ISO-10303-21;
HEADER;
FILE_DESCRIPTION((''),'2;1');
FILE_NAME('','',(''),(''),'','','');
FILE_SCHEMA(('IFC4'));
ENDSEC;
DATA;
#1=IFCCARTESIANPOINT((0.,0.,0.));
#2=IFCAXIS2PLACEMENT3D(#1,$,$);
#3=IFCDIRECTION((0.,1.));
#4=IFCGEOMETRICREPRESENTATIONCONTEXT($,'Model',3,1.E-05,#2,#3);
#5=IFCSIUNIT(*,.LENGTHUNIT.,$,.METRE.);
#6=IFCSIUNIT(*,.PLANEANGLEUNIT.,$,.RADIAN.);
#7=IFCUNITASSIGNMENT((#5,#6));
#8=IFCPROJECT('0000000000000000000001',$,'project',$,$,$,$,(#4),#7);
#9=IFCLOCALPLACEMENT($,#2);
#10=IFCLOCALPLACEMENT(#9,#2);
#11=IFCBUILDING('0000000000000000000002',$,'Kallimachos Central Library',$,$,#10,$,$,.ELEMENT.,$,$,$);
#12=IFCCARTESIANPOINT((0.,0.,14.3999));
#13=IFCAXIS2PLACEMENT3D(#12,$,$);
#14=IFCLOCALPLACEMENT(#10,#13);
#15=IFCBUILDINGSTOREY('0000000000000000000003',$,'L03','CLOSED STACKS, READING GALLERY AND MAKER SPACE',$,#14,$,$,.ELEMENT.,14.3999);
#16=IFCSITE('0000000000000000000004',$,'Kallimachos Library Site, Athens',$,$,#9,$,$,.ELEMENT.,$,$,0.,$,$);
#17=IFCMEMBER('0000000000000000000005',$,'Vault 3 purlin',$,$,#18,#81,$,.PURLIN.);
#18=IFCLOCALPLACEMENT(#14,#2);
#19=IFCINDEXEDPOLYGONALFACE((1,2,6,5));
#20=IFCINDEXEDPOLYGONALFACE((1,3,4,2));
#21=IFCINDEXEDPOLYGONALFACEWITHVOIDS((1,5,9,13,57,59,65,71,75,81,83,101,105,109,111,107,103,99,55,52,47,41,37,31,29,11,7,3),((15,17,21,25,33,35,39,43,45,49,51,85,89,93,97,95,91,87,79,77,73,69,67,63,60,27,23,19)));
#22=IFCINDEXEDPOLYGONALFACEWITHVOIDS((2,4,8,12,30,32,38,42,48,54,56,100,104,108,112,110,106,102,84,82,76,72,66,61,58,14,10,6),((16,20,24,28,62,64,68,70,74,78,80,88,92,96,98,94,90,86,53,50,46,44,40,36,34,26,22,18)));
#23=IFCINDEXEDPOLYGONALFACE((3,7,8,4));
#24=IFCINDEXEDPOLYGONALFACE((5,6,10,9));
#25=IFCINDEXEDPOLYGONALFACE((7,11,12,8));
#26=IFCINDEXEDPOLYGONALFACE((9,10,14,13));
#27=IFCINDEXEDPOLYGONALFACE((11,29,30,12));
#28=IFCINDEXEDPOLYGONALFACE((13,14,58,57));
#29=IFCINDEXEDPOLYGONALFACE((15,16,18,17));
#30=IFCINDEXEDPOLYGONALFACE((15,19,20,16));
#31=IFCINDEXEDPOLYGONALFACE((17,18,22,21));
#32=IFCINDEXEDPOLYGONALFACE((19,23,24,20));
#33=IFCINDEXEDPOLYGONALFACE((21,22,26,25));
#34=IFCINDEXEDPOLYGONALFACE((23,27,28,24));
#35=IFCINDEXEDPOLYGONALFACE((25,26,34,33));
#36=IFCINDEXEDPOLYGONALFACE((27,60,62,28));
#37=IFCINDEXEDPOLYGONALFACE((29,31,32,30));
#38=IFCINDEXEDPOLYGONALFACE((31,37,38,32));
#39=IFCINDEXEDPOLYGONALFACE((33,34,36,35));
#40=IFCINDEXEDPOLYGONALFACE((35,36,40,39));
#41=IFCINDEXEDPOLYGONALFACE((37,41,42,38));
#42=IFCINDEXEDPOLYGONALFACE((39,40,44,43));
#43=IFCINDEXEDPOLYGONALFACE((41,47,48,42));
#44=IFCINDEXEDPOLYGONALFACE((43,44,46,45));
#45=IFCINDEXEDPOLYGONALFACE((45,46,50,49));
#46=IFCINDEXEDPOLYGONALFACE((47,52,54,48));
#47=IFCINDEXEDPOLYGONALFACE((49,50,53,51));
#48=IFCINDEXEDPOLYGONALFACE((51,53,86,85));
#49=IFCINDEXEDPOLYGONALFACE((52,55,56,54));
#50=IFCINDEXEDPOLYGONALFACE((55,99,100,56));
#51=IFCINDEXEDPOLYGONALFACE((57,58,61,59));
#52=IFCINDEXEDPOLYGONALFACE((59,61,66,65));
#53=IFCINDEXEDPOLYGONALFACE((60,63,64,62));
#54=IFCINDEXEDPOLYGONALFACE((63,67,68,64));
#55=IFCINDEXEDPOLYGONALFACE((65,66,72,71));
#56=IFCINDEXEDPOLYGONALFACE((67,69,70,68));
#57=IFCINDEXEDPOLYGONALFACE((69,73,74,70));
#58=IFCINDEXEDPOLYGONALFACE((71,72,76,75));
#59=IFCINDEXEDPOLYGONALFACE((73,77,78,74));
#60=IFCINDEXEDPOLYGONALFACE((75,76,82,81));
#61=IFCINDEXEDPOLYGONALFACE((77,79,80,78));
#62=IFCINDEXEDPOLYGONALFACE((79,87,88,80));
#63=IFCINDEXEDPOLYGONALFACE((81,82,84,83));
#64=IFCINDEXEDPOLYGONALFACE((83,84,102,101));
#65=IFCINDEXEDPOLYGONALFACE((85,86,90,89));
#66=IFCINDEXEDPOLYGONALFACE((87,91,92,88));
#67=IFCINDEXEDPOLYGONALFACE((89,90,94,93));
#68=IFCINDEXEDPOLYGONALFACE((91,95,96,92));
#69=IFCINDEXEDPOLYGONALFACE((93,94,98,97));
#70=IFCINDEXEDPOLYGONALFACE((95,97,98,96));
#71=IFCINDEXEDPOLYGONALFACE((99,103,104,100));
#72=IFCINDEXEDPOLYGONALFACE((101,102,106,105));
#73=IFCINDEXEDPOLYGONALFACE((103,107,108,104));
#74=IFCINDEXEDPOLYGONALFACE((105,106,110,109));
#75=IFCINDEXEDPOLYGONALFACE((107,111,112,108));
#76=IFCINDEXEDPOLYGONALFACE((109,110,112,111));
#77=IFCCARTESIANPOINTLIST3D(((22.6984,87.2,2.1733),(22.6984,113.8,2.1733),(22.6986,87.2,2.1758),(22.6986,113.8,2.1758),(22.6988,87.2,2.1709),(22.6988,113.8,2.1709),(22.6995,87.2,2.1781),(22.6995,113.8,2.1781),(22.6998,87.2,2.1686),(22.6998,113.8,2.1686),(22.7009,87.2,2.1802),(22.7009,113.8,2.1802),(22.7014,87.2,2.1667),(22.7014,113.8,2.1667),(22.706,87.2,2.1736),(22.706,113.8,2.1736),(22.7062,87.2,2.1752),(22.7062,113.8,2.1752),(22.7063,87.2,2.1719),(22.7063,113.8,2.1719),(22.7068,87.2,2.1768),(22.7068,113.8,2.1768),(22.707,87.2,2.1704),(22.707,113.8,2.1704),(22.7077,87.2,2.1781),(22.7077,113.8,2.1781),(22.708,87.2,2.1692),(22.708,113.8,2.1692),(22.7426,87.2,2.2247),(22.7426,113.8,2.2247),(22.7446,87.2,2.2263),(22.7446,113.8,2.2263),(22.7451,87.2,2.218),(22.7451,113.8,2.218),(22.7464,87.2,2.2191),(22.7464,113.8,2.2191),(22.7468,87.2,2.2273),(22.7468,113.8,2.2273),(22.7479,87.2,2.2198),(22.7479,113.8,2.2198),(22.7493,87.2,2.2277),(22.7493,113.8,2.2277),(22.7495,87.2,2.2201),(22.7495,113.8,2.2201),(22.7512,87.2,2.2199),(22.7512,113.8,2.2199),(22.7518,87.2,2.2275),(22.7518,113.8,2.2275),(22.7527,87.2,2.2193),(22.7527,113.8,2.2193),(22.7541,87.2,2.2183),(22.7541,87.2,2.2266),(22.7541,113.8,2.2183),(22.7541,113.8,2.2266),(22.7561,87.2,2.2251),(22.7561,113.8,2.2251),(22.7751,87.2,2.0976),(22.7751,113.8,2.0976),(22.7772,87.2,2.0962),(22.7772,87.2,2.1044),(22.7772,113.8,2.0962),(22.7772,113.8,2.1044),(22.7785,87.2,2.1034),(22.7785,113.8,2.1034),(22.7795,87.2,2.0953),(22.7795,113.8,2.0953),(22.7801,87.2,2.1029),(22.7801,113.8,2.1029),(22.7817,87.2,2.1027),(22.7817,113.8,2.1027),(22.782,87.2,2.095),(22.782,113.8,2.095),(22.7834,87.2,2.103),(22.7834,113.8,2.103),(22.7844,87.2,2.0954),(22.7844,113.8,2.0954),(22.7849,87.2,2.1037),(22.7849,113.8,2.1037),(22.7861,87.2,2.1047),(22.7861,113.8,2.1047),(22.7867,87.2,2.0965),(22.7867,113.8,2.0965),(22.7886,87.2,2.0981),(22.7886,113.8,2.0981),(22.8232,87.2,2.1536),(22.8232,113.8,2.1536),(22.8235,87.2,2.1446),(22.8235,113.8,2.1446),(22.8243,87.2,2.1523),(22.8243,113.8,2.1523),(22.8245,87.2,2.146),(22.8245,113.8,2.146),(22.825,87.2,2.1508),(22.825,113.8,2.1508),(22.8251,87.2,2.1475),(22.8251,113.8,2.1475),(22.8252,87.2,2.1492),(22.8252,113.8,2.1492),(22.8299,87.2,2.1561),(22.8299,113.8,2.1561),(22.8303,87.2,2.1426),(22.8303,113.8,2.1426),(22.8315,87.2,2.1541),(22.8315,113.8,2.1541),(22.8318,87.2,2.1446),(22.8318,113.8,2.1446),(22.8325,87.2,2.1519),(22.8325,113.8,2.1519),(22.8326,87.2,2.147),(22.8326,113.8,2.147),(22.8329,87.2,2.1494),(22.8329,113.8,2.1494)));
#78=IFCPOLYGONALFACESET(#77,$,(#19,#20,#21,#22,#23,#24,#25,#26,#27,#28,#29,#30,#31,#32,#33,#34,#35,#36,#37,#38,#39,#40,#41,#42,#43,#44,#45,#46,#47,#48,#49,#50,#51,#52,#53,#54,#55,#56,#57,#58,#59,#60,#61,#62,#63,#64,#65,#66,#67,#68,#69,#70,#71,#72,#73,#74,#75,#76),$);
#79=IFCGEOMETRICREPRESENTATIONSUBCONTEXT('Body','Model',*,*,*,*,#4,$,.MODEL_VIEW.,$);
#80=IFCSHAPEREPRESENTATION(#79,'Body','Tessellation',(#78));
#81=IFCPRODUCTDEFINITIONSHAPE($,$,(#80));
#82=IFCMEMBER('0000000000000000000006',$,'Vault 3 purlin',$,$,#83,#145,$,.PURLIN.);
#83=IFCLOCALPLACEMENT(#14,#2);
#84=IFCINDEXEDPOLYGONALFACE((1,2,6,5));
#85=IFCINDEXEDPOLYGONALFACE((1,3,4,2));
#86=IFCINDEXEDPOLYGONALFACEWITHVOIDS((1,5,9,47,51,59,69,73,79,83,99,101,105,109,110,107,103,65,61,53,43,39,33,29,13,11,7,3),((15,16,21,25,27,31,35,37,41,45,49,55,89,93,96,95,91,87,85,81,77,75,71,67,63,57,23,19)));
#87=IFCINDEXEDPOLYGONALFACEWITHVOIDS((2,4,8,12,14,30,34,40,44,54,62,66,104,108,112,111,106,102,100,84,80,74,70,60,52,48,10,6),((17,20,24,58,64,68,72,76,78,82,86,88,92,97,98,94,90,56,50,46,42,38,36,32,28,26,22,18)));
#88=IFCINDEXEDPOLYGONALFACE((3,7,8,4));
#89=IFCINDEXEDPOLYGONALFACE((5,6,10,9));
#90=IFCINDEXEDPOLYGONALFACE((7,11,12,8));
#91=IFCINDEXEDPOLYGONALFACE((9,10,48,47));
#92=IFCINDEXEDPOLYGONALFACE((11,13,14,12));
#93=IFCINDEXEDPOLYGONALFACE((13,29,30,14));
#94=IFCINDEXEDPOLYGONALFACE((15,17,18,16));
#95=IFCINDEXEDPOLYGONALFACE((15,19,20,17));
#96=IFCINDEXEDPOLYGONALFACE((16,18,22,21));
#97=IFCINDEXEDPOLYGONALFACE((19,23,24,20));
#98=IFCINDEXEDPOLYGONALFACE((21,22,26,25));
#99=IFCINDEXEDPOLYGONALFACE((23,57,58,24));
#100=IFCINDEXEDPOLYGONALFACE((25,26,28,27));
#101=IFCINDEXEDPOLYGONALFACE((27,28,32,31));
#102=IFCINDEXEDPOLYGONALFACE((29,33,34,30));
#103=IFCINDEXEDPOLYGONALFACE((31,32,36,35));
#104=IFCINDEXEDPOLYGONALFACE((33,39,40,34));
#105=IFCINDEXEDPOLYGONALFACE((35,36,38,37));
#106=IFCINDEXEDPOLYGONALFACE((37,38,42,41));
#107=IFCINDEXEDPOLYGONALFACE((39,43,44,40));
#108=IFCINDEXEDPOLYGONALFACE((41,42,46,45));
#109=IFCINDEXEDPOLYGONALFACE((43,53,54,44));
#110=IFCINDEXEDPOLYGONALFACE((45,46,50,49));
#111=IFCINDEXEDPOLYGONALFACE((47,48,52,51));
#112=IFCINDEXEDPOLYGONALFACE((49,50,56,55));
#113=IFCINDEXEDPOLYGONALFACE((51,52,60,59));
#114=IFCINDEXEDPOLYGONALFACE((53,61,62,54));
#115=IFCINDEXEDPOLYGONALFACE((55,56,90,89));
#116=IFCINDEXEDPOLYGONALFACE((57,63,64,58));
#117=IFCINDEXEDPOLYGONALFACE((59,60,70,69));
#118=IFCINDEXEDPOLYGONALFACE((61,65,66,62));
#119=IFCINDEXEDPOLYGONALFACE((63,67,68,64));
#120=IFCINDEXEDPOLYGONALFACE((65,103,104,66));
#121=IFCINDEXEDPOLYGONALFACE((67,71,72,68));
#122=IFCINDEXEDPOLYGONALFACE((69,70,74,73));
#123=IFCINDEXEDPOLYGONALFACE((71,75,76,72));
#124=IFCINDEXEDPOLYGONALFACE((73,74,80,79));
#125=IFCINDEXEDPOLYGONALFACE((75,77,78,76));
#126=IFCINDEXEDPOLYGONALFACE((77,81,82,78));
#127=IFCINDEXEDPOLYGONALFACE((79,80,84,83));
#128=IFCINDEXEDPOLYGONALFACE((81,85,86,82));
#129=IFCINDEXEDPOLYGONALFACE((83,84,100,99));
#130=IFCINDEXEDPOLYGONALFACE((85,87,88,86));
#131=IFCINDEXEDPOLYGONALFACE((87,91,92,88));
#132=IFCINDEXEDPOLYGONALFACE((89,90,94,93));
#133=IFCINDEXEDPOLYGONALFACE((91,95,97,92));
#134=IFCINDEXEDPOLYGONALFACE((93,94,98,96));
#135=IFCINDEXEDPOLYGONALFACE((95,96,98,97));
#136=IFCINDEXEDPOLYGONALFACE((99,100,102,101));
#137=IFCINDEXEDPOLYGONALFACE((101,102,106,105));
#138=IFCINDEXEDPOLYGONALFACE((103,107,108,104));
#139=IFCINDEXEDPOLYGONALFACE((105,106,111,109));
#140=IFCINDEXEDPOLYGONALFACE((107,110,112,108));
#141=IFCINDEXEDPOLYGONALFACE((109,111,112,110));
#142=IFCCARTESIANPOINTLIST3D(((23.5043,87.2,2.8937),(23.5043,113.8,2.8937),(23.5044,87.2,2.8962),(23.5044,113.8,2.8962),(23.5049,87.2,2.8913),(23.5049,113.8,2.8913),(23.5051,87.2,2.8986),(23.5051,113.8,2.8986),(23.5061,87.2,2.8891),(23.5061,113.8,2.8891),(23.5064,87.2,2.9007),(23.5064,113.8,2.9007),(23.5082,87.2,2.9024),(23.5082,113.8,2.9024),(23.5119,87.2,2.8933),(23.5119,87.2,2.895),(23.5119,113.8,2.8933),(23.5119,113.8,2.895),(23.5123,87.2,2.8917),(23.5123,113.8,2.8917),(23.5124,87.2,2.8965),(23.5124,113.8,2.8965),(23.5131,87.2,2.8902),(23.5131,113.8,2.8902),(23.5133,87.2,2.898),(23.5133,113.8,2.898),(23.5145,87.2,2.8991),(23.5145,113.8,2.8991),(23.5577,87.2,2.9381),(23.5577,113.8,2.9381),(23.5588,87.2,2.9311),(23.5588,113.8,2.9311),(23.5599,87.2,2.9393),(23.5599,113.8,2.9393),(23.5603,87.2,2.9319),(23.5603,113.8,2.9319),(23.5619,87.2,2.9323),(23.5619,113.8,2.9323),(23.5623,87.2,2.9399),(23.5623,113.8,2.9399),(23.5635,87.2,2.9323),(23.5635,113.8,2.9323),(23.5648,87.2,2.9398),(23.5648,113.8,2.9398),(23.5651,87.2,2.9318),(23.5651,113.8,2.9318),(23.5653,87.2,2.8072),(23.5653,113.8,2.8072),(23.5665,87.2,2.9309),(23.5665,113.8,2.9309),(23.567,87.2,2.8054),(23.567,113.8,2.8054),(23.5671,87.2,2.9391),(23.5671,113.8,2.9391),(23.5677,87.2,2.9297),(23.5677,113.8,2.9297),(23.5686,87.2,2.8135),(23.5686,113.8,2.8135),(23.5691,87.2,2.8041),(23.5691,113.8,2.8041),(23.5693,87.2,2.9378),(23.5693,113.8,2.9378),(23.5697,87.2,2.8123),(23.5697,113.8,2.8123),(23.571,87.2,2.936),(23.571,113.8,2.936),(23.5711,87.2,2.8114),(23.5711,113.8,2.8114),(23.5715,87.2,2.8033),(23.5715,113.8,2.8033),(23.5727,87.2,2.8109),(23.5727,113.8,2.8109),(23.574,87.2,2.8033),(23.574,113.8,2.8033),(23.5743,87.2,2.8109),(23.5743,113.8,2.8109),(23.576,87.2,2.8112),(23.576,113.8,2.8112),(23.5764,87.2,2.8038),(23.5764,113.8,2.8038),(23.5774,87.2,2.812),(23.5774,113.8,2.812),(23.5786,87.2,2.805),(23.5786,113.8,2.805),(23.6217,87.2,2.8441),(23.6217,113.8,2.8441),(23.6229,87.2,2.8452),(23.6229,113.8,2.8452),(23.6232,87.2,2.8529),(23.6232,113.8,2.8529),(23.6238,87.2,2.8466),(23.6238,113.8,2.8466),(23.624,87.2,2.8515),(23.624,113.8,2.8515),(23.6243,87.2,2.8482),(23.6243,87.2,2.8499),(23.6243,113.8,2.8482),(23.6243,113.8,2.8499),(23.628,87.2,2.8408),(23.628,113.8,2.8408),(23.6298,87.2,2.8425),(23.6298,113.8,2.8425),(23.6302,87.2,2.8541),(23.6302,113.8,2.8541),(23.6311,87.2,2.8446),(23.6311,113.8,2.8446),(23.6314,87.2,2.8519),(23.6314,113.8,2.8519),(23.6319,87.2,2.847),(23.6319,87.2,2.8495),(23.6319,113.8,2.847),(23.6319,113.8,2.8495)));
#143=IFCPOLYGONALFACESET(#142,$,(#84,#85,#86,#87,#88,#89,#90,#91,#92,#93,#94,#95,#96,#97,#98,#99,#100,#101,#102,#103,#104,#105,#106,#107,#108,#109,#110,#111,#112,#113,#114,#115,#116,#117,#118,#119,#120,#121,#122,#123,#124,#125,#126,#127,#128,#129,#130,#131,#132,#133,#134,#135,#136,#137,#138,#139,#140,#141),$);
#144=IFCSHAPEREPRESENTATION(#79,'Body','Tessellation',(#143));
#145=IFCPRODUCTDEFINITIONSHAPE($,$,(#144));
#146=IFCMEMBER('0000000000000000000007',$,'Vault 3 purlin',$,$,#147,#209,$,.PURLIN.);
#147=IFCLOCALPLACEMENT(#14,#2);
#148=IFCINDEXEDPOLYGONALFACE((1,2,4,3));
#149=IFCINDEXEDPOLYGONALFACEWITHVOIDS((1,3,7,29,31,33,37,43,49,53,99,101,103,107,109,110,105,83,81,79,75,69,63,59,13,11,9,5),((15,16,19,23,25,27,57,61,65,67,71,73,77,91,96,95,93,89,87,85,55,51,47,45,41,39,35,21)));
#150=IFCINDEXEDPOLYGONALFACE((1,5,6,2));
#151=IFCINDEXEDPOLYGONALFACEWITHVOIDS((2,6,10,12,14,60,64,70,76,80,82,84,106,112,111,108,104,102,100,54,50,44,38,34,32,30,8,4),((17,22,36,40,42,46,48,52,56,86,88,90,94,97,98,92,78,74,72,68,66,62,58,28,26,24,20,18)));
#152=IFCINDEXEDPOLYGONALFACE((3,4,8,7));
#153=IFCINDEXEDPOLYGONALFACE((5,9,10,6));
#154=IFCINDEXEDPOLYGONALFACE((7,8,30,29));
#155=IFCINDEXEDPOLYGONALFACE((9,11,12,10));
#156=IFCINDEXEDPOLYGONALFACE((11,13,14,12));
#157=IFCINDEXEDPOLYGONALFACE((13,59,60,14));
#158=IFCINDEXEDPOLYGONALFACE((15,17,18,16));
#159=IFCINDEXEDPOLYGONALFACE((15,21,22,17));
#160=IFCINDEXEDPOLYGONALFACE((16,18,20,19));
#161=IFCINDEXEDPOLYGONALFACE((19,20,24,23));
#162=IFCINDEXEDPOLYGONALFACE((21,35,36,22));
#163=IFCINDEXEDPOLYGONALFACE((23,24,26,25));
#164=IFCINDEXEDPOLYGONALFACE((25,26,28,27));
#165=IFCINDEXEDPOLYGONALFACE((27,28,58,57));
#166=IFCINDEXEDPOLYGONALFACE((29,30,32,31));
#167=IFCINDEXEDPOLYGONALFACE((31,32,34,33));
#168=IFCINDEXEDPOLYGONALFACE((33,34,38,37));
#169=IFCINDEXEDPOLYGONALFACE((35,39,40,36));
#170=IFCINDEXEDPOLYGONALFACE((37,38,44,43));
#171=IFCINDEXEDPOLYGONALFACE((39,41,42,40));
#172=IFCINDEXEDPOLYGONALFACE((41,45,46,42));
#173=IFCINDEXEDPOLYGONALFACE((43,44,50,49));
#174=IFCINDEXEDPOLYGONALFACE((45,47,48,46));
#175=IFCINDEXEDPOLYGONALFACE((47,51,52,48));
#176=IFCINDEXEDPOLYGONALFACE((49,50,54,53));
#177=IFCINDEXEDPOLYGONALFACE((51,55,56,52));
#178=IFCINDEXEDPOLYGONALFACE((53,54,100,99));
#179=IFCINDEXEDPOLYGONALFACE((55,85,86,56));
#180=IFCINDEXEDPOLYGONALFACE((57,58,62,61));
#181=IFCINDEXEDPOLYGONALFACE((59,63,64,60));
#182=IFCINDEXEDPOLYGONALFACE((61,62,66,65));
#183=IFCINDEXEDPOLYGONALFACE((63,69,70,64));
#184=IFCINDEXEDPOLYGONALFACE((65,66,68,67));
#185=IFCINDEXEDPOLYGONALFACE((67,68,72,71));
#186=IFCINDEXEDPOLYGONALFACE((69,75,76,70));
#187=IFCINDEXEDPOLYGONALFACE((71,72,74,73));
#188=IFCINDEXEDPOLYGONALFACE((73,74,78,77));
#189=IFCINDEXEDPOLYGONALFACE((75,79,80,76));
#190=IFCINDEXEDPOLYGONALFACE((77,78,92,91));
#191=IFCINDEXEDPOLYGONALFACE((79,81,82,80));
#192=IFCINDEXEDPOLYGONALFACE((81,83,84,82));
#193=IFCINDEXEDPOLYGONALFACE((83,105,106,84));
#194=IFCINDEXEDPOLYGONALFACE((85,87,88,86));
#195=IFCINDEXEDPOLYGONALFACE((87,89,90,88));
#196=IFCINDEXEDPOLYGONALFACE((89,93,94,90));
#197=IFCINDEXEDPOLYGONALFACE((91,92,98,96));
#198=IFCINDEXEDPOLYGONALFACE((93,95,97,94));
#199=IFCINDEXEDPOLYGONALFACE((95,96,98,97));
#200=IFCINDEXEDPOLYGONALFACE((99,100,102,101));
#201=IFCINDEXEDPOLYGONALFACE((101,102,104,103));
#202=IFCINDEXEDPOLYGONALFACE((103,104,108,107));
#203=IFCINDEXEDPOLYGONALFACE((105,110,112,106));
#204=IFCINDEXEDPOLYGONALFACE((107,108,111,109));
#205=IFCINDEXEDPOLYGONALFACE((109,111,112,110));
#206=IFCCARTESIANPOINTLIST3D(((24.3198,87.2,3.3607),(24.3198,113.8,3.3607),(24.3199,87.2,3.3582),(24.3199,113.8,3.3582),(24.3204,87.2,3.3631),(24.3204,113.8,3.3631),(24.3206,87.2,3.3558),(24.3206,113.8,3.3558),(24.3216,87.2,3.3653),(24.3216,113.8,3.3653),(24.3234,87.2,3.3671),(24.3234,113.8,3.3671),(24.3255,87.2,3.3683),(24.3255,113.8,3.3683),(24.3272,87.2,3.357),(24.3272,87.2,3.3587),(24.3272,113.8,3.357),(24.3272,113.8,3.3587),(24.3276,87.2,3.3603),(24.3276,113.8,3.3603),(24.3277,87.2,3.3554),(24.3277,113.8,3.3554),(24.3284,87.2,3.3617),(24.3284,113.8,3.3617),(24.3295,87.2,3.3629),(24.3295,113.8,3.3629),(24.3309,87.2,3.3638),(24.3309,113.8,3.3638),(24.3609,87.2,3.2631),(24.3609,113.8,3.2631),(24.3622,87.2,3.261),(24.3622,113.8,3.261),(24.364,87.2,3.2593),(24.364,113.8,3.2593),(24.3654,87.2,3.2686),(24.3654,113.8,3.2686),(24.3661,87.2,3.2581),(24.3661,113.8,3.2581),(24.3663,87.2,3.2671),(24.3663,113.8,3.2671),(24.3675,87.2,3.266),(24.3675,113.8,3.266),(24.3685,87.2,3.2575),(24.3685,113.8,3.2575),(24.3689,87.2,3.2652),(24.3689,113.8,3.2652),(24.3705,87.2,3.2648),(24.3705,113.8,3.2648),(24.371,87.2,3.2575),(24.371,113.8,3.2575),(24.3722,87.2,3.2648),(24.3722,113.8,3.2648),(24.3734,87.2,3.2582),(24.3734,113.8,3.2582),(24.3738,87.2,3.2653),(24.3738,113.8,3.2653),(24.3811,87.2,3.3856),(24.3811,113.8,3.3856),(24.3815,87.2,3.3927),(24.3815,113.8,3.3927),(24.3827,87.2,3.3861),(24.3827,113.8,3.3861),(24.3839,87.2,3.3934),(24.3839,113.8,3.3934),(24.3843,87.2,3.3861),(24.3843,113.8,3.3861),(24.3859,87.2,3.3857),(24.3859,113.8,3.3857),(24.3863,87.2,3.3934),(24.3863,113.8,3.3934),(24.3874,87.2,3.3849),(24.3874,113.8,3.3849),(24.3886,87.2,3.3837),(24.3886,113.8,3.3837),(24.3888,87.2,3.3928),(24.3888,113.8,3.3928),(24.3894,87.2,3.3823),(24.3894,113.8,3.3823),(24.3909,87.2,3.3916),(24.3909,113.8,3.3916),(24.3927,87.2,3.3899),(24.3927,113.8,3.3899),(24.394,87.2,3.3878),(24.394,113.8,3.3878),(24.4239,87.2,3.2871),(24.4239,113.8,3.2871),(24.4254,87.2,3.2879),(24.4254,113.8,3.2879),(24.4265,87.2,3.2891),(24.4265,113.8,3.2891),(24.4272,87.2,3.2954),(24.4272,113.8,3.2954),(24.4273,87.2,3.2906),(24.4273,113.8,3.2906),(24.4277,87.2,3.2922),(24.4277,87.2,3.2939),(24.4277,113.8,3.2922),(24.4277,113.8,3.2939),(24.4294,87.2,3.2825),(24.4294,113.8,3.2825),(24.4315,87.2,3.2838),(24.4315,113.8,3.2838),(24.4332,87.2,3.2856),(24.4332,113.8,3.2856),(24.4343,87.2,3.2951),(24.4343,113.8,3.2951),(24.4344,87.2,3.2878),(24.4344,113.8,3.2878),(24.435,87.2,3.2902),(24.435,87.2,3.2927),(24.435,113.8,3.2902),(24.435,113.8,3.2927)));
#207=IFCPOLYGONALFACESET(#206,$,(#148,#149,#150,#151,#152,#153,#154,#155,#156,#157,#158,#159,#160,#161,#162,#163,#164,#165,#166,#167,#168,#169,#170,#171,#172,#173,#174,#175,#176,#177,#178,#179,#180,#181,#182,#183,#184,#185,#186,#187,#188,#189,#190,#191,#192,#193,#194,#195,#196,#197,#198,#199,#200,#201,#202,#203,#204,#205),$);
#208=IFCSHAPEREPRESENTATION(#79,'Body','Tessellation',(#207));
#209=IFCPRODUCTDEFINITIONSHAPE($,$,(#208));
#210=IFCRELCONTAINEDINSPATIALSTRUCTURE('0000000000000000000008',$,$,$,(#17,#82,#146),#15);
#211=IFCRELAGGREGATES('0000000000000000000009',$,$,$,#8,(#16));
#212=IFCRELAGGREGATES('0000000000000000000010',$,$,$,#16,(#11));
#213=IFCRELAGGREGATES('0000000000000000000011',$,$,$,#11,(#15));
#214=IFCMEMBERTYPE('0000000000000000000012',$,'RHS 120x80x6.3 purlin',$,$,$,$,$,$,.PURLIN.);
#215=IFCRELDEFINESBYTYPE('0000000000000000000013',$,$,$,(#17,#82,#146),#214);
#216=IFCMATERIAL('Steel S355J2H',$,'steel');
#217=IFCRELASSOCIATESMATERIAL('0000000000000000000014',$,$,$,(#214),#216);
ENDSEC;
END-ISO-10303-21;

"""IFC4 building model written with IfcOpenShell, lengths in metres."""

from ifc_helpers import new_model, si_unit, direction, frame, origin, origin_2d, place, context, subcontext, project, spatial, hollow_rectangle, extrude, material, material_profile, profile_set, type_object, element, save


model = new_model("IFC4")

# Units and contexts
model_context = context("Model", 3, precision=1e-05, world=origin(), true_north=direction((0.0, 1.0)))
body_context = subcontext(model_context, "Body", "Model", "MODEL_VIEW")
ifc_project = project(units=[si_unit("LENGTHUNIT", "METRE"), si_unit("PLANEANGLEUNIT", "RADIAN")], contexts=[model_context])

# Site, building, storey
site_placement = place(None, origin())
site = spatial("IfcSite", under=ifc_project, at=site_placement, Name="Kallimachos Library Site, Athens", CompositionType="ELEMENT", RefElevation=0.0)
building_placement = place(site_placement, origin())
building = spatial("IfcBuilding", under=site, at=building_placement, Name="Kallimachos Central Library", CompositionType="ELEMENT")
storey_placement = place(building_placement, frame((0.0, 0.0, 14.3999)))
storey = spatial("IfcBuildingStorey", under=building, at=storey_placement, Name="L03", Description="CLOSED STACKS, READING GALLERY AND MAKER SPACE", CompositionType="ELEMENT", Elevation=14.3999)

# Members
ifc_material_1 = material(Name="Steel S355J2H", Category="steel")
ifc_material_profile = material_profile(ifc_material_1, hollow_rectangle(XDim=0.0801, YDim=0.1201, WallThickness=0.0063, InnerFilletRadius=0.0063, OuterFilletRadius=0.0095, at=origin_2d()), Name="RHS 120x80x6.3")
ifc_profile_set = profile_set([ifc_material_profile], Name="Steel S355J2H")
member_type = type_object("IfcMemberType", Name="RHS 120x80x6.3 purlin", PredefinedType="PURLIN", material=ifc_profile_set)
for number, where, z_axis, x_axis, name in (
    (1, (22.7656, 87.2, 2.1614), (0.0, 1.0, 0.0), (-0.683497, 0.0, -0.729953), "Vault 3 purlin"),
    (2, (23.5681, 87.2, 2.8716), (0.0, 1.0, 0.0), (-0.810449, 0.0, -0.585809), "Vault 3 purlin"),
    (3, (24.3774, 87.2, 3.3254), (0.0, 1.0, 0.0), (-0.917005, 0.0, -0.398876), "Vault 3 purlin"),
):
    element("IfcMember", number, at=place(storey_placement, frame(where, z_axis=z_axis, x_axis=x_axis)), inside=storey, type_object=member_type, Name=name, PredefinedType="PURLIN", context=body_context, shape_type="SweptSolid", body=[
        extrude(hollow_rectangle(XDim=0.0801, YDim=0.1201, WallThickness=0.0063, InnerFilletRadius=0.0063, OuterFilletRadius=0.0095, at=origin_2d()), origin(), (0.0, 0.0, 1.0), 26.6001),
    ])

save(model, "model.ifc")
